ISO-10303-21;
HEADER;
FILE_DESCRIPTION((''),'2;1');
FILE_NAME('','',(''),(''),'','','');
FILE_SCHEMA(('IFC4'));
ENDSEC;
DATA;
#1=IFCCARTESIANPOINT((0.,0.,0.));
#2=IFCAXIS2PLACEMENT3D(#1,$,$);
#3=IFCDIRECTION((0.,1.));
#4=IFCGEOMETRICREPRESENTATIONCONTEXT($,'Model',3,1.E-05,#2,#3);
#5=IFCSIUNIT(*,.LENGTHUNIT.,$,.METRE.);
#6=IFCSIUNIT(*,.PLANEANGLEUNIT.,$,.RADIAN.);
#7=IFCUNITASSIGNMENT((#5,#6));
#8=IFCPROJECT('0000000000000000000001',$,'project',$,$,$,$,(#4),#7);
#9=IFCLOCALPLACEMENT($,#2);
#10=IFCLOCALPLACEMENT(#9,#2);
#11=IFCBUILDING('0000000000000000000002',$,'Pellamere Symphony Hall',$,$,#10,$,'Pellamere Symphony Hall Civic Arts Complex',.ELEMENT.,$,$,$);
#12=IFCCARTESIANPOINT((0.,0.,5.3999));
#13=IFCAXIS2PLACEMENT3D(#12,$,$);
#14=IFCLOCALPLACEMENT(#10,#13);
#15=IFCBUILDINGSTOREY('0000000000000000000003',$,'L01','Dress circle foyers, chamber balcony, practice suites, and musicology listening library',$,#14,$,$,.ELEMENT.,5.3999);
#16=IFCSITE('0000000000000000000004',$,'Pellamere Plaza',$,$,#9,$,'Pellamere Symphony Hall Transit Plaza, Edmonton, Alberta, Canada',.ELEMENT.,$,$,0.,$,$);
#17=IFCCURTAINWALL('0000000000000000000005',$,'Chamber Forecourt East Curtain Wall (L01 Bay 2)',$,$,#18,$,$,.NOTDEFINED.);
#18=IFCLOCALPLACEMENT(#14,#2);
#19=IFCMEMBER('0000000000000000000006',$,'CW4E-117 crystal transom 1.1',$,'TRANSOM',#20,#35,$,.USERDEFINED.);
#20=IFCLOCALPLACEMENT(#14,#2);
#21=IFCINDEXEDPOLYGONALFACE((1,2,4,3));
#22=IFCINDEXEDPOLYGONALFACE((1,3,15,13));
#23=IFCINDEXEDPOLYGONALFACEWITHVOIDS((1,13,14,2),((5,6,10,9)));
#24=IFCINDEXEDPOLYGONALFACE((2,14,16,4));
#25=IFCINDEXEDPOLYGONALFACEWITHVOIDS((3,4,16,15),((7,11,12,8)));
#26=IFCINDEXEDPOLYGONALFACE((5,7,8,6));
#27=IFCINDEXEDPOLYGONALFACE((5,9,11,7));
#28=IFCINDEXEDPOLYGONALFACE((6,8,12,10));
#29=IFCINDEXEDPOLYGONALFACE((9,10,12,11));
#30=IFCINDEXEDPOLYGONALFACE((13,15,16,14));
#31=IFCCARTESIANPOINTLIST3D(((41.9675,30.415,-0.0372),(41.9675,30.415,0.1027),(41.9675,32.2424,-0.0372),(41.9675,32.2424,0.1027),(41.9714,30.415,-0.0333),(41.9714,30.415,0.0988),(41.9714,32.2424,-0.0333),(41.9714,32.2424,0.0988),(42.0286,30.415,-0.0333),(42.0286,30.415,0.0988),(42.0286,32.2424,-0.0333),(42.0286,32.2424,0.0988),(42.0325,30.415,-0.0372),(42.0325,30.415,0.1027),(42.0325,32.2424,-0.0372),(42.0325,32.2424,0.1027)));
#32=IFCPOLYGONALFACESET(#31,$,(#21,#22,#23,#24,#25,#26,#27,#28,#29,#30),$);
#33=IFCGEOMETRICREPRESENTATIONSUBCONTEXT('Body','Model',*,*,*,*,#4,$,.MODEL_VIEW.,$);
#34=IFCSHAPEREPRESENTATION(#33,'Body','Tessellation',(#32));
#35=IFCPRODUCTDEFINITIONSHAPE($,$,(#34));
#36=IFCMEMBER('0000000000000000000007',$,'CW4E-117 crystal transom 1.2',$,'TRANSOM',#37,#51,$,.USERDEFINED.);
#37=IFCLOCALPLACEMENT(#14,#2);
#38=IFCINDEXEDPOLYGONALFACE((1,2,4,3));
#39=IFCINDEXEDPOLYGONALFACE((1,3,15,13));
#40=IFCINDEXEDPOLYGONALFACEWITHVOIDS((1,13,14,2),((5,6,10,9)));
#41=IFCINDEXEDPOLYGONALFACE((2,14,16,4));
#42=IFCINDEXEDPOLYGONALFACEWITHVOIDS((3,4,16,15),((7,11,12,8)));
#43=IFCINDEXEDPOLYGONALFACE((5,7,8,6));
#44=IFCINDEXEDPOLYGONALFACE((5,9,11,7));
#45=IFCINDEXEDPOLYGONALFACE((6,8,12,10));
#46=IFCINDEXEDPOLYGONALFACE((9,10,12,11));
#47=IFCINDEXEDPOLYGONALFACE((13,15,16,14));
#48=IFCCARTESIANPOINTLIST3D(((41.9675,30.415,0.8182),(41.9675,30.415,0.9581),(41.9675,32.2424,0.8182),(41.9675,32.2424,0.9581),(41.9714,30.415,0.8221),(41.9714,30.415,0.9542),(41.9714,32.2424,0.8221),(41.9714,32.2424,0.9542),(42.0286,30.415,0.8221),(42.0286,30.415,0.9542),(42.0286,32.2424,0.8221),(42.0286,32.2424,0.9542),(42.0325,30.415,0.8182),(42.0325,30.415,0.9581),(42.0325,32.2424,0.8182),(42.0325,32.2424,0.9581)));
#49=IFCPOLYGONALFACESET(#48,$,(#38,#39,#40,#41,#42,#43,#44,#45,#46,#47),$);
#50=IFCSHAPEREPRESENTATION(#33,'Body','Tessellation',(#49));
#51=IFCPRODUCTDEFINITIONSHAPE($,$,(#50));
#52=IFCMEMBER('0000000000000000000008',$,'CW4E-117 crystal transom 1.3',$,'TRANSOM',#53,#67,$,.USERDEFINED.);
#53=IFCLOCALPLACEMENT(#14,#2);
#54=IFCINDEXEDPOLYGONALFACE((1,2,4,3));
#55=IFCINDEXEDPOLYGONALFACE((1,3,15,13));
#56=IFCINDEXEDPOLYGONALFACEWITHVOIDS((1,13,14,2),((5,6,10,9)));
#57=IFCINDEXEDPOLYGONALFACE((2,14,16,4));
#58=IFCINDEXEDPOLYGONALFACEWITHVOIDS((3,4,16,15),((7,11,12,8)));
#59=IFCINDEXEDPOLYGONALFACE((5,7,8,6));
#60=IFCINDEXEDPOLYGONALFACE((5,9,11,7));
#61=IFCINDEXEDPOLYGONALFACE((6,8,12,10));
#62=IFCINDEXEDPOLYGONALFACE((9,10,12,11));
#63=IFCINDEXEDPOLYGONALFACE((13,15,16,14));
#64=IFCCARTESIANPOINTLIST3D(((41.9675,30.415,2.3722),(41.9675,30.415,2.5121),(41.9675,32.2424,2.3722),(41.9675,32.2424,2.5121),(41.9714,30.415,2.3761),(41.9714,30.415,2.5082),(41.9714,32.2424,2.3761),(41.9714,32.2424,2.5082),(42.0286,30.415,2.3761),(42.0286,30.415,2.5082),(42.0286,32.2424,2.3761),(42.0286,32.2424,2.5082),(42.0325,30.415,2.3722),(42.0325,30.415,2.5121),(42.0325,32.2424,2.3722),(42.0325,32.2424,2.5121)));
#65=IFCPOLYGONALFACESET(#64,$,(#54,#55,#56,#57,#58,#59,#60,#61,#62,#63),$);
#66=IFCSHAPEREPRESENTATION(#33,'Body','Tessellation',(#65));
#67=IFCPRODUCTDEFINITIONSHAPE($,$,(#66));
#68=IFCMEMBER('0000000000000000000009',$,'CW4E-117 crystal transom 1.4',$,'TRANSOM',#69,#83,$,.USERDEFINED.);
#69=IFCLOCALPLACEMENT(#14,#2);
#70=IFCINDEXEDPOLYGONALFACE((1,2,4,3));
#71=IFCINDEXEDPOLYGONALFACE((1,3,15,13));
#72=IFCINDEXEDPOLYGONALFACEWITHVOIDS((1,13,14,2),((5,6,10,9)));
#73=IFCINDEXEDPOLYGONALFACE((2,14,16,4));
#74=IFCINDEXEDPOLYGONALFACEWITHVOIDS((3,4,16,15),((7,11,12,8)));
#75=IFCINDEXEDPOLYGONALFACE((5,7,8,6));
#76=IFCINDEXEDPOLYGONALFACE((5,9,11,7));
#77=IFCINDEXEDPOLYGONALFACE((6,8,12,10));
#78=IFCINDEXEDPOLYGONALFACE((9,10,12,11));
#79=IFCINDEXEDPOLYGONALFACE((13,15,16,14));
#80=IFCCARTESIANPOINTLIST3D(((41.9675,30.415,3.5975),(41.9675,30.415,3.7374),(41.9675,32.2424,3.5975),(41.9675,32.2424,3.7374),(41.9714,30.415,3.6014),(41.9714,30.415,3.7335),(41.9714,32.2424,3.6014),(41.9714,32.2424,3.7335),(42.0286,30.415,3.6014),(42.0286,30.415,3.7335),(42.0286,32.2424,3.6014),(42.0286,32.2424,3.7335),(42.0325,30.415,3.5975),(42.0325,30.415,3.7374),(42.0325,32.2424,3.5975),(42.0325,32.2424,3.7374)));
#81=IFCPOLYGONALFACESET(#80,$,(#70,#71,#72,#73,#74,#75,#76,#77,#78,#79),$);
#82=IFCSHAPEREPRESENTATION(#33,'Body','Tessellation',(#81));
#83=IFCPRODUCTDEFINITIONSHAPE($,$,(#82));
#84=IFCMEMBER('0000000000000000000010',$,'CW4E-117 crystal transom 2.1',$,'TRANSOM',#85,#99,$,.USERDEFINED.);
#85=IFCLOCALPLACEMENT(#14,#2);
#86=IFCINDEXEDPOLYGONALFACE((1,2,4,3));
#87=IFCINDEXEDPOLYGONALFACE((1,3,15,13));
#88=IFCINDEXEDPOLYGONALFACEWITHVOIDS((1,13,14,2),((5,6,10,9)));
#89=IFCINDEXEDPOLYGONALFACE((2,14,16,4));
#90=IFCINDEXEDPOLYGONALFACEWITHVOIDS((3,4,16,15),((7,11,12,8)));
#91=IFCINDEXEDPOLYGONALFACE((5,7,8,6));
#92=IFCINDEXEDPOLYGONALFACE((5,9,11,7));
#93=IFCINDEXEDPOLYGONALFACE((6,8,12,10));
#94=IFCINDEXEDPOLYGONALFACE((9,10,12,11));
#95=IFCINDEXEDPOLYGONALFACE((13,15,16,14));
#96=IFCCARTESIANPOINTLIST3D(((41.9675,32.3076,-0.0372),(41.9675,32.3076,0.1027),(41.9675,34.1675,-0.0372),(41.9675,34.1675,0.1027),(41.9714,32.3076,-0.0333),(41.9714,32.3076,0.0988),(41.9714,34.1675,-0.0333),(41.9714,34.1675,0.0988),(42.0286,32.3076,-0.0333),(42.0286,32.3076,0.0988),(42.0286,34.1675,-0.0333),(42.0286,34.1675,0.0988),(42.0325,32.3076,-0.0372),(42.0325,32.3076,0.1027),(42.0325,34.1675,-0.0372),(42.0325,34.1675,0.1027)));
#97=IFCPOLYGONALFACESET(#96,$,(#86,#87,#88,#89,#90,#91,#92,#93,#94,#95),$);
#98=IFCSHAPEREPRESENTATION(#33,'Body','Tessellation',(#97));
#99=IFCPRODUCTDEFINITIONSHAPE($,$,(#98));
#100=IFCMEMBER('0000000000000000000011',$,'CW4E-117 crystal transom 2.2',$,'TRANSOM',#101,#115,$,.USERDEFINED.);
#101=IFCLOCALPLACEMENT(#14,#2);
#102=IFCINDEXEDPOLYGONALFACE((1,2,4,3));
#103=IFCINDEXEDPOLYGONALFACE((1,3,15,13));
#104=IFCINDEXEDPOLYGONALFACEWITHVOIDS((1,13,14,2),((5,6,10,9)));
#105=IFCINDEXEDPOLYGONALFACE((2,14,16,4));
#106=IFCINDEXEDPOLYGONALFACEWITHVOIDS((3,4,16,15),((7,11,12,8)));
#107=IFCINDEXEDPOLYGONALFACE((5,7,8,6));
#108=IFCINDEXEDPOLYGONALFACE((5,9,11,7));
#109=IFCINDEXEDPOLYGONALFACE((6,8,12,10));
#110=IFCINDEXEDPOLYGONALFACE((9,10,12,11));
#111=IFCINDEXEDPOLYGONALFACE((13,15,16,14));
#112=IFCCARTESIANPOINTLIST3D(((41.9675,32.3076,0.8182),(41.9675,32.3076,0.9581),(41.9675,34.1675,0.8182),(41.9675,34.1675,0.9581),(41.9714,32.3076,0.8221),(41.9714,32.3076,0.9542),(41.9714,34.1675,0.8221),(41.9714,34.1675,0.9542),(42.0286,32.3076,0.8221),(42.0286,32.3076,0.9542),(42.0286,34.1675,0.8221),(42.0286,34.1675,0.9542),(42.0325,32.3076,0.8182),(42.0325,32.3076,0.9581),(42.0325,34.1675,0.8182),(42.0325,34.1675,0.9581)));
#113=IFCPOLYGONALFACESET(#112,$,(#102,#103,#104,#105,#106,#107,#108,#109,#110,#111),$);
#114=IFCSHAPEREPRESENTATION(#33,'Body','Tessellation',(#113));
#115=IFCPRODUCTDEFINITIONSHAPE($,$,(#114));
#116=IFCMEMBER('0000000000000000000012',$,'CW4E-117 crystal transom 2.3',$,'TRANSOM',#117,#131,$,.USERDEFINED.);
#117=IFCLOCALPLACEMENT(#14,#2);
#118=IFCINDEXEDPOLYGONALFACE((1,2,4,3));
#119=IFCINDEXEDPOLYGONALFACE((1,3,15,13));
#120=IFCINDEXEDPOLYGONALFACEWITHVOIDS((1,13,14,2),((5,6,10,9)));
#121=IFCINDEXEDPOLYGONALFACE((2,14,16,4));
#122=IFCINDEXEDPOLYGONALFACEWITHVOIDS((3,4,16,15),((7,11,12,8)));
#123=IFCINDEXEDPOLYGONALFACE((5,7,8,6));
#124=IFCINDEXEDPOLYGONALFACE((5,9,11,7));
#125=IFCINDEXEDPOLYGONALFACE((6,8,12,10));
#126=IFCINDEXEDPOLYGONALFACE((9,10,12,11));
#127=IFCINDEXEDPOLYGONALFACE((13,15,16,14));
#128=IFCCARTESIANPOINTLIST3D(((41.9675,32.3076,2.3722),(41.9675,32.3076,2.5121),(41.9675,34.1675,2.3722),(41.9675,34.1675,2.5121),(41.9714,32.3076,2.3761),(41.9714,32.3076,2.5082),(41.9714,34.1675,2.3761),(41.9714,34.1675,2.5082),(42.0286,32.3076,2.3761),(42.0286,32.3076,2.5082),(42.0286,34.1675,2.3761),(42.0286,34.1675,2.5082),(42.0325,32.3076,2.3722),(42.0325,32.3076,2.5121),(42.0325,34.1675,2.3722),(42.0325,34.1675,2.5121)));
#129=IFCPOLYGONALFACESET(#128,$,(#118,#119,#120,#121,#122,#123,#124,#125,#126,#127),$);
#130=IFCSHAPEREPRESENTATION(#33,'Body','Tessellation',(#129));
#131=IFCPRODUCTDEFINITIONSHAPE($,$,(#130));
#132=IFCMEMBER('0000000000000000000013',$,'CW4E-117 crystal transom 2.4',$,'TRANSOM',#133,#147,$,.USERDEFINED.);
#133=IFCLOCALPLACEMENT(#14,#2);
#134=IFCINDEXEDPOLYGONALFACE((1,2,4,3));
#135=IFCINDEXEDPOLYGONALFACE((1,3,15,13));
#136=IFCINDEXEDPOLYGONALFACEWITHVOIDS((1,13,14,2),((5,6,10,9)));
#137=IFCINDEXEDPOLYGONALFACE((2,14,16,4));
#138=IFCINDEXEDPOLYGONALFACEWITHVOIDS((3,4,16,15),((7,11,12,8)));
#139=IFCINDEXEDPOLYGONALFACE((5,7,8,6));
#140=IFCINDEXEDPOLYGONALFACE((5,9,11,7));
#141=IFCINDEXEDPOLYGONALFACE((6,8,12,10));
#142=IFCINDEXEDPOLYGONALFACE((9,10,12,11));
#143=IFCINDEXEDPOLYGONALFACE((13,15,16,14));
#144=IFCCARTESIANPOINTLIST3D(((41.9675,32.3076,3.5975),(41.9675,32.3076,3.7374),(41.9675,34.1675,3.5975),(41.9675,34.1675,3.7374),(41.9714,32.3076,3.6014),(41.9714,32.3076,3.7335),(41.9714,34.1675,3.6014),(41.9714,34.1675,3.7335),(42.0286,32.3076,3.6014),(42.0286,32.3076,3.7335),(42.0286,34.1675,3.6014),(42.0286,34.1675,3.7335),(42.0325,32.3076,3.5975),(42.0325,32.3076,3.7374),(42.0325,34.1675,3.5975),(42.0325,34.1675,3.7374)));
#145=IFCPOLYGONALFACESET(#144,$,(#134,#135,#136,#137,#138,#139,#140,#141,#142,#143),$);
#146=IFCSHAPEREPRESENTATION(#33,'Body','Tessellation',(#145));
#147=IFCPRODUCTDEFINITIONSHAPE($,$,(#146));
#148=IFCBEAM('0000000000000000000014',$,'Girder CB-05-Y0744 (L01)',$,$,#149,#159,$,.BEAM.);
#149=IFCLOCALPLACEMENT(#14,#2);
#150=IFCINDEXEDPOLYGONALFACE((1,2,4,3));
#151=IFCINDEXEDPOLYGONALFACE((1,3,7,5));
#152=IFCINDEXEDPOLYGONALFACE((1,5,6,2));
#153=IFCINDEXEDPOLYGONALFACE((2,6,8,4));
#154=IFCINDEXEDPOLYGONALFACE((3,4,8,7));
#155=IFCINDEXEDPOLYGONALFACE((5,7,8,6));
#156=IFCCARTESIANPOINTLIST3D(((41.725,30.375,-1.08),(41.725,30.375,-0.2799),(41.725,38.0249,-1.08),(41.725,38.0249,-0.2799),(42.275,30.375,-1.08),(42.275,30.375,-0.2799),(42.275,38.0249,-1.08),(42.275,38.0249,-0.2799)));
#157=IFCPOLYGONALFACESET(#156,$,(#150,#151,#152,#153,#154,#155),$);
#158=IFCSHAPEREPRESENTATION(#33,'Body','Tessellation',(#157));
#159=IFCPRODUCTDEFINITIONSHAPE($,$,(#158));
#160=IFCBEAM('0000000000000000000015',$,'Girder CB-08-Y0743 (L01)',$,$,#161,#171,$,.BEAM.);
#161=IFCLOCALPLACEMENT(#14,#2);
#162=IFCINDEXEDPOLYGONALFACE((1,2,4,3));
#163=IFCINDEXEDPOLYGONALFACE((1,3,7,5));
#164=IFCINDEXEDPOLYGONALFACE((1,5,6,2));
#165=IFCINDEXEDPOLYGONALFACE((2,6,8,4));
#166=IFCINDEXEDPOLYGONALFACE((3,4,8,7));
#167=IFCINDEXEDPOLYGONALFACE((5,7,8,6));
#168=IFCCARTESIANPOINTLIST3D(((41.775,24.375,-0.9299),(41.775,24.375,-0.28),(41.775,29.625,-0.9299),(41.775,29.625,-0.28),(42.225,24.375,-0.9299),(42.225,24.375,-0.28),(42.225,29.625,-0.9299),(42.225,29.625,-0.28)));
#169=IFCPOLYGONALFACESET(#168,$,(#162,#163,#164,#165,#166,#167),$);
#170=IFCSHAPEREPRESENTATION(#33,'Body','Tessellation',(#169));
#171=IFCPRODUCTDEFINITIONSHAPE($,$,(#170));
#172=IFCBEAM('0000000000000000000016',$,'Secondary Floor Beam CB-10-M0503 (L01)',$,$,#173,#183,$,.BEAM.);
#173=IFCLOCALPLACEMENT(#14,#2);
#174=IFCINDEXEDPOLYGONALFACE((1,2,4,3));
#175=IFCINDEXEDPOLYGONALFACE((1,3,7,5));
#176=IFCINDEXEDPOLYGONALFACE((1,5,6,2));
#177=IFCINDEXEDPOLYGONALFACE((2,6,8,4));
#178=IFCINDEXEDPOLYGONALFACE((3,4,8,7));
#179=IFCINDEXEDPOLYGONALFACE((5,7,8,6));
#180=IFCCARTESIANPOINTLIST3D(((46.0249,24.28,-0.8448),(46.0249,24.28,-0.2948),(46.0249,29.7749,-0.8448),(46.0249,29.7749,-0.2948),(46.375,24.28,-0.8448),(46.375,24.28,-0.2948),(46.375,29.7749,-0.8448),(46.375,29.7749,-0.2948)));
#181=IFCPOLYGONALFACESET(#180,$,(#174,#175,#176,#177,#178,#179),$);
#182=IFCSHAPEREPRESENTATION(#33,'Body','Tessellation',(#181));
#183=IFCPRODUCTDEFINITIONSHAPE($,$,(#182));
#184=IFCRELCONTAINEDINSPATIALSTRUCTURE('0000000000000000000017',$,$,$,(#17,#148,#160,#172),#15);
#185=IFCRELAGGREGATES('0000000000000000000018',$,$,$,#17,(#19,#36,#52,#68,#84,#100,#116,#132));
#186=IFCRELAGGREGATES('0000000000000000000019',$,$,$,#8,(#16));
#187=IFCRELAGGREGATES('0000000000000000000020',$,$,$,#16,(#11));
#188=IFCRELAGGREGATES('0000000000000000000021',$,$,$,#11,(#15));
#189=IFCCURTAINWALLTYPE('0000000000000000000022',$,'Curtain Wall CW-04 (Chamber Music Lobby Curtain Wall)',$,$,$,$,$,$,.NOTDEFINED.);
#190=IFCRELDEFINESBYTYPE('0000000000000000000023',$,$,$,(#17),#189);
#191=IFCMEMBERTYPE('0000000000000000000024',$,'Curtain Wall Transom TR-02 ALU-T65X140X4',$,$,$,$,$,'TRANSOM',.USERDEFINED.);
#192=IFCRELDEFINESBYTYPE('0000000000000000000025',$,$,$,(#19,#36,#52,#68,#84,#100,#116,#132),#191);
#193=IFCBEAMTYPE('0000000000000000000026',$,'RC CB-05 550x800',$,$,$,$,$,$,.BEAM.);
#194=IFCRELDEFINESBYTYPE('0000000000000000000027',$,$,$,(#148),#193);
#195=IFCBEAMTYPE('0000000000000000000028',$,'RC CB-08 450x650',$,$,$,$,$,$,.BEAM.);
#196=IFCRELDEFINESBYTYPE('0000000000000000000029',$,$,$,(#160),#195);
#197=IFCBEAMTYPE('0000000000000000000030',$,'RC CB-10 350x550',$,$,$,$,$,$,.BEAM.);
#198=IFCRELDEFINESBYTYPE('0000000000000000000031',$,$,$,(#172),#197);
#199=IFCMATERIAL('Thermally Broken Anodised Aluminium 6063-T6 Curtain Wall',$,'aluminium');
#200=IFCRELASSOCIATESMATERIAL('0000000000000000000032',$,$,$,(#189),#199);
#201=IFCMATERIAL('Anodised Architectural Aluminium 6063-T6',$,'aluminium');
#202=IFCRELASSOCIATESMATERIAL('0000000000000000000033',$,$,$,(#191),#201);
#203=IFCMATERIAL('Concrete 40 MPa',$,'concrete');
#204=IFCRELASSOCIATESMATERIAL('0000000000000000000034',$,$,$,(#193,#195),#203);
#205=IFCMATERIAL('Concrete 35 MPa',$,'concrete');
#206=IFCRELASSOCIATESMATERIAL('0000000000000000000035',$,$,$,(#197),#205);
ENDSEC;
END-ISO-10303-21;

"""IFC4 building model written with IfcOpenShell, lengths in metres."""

from ifc_helpers import new_model, si_unit, direction, frame, origin, origin_2d, place, context, subcontext, project, spatial, rectangle, hollow_rectangle, extrude, material, material_profile, profile_set, type_object, element, aggregate, save


model = new_model("IFC4")

# Units and contexts
model_context = context("Model", 3, precision=1e-05, world=origin(), true_north=direction((0.0, 1.0)))
body_context = subcontext(model_context, "Body", "Model", "MODEL_VIEW")
ifc_project = project(units=[si_unit("LENGTHUNIT", "METRE"), si_unit("PLANEANGLEUNIT", "RADIAN")], contexts=[model_context])

# Site, building, storey
site_placement = place(None, origin())
site = spatial("IfcSite", under=ifc_project, at=site_placement, Name="Pellamere Plaza", LongName="Pellamere Symphony Hall Transit Plaza, Edmonton, Alberta, Canada", CompositionType="ELEMENT", RefElevation=0.0)
building_placement = place(site_placement, origin())
building = spatial("IfcBuilding", under=site, at=building_placement, Name="Pellamere Symphony Hall", LongName="Pellamere Symphony Hall Civic Arts Complex", CompositionType="ELEMENT")
storey_placement = place(building_placement, frame((0.0, 0.0, 5.3999)))
storey = spatial("IfcBuildingStorey", under=building, at=storey_placement, Name="L01", Description="Dress circle foyers, chamber balcony, practice suites, and musicology listening library", CompositionType="ELEMENT", Elevation=5.3999)

# Shared definitions
ifc_material_1 = material(Name="Concrete 40 MPa", Category="concrete")

# Curtain wall
ifc_material_2 = material(Name="Thermally Broken Anodised Aluminium 6063-T6 Curtain Wall", Category="aluminium")
ifc_material_3 = material(Name="Anodised Architectural Aluminium 6063-T6", Category="aluminium")
curtain_wall_type_1 = type_object("IfcCurtainWallType", Name="Curtain Wall CW-04 (Chamber Music Lobby Curtain Wall)", PredefinedType="NOTDEFINED", material=ifc_material_2)
curtain_wall_1_placement = place(storey_placement, origin())
curtain_wall_1 = element("IfcCurtainWall", 1, at=curtain_wall_1_placement, inside=storey, type_object=curtain_wall_type_1, Name="Chamber Forecourt East Curtain Wall (L01 Bay 2)", PredefinedType="NOTDEFINED")

# Members
ifc_material_profile_1 = material_profile(ifc_material_3, hollow_rectangle(XDim=0.0649, YDim=0.1399, WallThickness=0.0039, at=origin_2d()), Name="ALU-T65X140X4")
ifc_profile_set_1 = profile_set([ifc_material_profile_1], Name="Anodised Architectural Aluminium 6063-T6")
member_type_1 = type_object("IfcMemberType", Name="Curtain Wall Transom TR-02 ALU-T65X140X4", ElementType="TRANSOM", PredefinedType="USERDEFINED", material=ifc_profile_set_1)
member_1_placement = place(storey_placement, frame((42.0, 30.415, 0.0327), z_axis=(0.0, 1.0, 0.0), x_axis=(-1.0, 0.0, 0.0)))
member_1 = element("IfcMember", 2, at=member_1_placement, type_object=member_type_1, Name="CW4E-117 crystal transom 1.1", ObjectType="TRANSOM", PredefinedType="USERDEFINED", context=body_context, shape_type="SweptSolid", body=[
    extrude(hollow_rectangle(XDim=0.0649, YDim=0.1399, WallThickness=0.0039, at=origin_2d()), origin(), (0.0, 0.0, 1.0), 1.8274),
])
member_2_placement = place(storey_placement, frame((42.0, 30.415, 0.8882), z_axis=(0.0, 1.0, 0.0), x_axis=(-1.0, 0.0, 0.0)))
member_2 = element("IfcMember", 3, at=member_2_placement, type_object=member_type_1, Name="CW4E-117 crystal transom 1.2", ObjectType="TRANSOM", PredefinedType="USERDEFINED", context=body_context, shape_type="SweptSolid", body=[
    extrude(hollow_rectangle(XDim=0.0649, YDim=0.1399, WallThickness=0.0039, at=origin_2d()), origin(), (0.0, 0.0, 1.0), 1.8274),
])
member_3_placement = place(storey_placement, frame((42.0, 30.415, 2.4421), z_axis=(0.0, 1.0, 0.0), x_axis=(-1.0, 0.0, 0.0)))
member_3 = element("IfcMember", 4, at=member_3_placement, type_object=member_type_1, Name="CW4E-117 crystal transom 1.3", ObjectType="TRANSOM", PredefinedType="USERDEFINED", context=body_context, shape_type="SweptSolid", body=[
    extrude(hollow_rectangle(XDim=0.0649, YDim=0.1399, WallThickness=0.0039, at=origin_2d()), origin(), (0.0, 0.0, 1.0), 1.8274),
])
member_4_placement = place(storey_placement, frame((42.0, 30.415, 3.6675), z_axis=(0.0, 1.0, 0.0), x_axis=(-1.0, 0.0, 0.0)))
member_4 = element("IfcMember", 5, at=member_4_placement, type_object=member_type_1, Name="CW4E-117 crystal transom 1.4", ObjectType="TRANSOM", PredefinedType="USERDEFINED", context=body_context, shape_type="SweptSolid", body=[
    extrude(hollow_rectangle(XDim=0.0649, YDim=0.1399, WallThickness=0.0039, at=origin_2d()), origin(), (0.0, 0.0, 1.0), 1.8274),
])
member_5_placement = place(storey_placement, frame((42.0, 32.3076, 0.0327), z_axis=(0.0, 1.0, 0.0), x_axis=(-1.0, 0.0, 0.0)))
member_5 = element("IfcMember", 6, at=member_5_placement, type_object=member_type_1, Name="CW4E-117 crystal transom 2.1", ObjectType="TRANSOM", PredefinedType="USERDEFINED", context=body_context, shape_type="SweptSolid", body=[
    extrude(hollow_rectangle(XDim=0.0649, YDim=0.1399, WallThickness=0.0039, at=origin_2d()), origin(), (0.0, 0.0, 1.0), 1.8599),
])
member_6_placement = place(storey_placement, frame((42.0, 32.3076, 0.8882), z_axis=(0.0, 1.0, 0.0), x_axis=(-1.0, 0.0, 0.0)))
member_6 = element("IfcMember", 7, at=member_6_placement, type_object=member_type_1, Name="CW4E-117 crystal transom 2.2", ObjectType="TRANSOM", PredefinedType="USERDEFINED", context=body_context, shape_type="SweptSolid", body=[
    extrude(hollow_rectangle(XDim=0.0649, YDim=0.1399, WallThickness=0.0039, at=origin_2d()), origin(), (0.0, 0.0, 1.0), 1.8599),
])
member_7_placement = place(storey_placement, frame((42.0, 32.3076, 2.4421), z_axis=(0.0, 1.0, 0.0), x_axis=(-1.0, 0.0, 0.0)))
member_7 = element("IfcMember", 8, at=member_7_placement, type_object=member_type_1, Name="CW4E-117 crystal transom 2.3", ObjectType="TRANSOM", PredefinedType="USERDEFINED", context=body_context, shape_type="SweptSolid", body=[
    extrude(hollow_rectangle(XDim=0.0649, YDim=0.1399, WallThickness=0.0039, at=origin_2d()), origin(), (0.0, 0.0, 1.0), 1.8599),
])
member_8_placement = place(storey_placement, frame((42.0, 32.3076, 3.6675), z_axis=(0.0, 1.0, 0.0), x_axis=(-1.0, 0.0, 0.0)))
member_8 = element("IfcMember", 9, at=member_8_placement, type_object=member_type_1, Name="CW4E-117 crystal transom 2.4", ObjectType="TRANSOM", PredefinedType="USERDEFINED", context=body_context, shape_type="SweptSolid", body=[
    extrude(hollow_rectangle(XDim=0.0649, YDim=0.1399, WallThickness=0.0039, at=origin_2d()), origin(), (0.0, 0.0, 1.0), 1.8599),
])

# Beams
ifc_material_profile_2 = material_profile(ifc_material_1, rectangle(XDim=0.55, YDim=0.8, at=origin_2d()), Name="RC 550x800")
ifc_profile_set_2 = profile_set([ifc_material_profile_2], Name="Concrete 40 MPa")
beam_type_1 = type_object("IfcBeamType", Name="RC CB-05 550x800", PredefinedType="BEAM", material=ifc_profile_set_2)
beam_1_placement = place(storey_placement, frame((42.0, 30.375, -0.6799), z_axis=(0.0, 1.0, 0.0), x_axis=(-1.0, 0.0, 0.0)))
element("IfcBeam", 10, at=beam_1_placement, inside=storey, type_object=beam_type_1, Name="Girder CB-05-Y0744 (L01)", PredefinedType="BEAM", context=body_context, shape_type="SweptSolid", body=[
    extrude(rectangle(XDim=0.55, YDim=0.8, at=origin_2d()), origin(), (0.0, 0.0, 1.0), 7.6499),
])
ifc_material_profile_3 = material_profile(ifc_material_1, rectangle(XDim=0.45, YDim=0.6499, at=origin_2d()), Name="RC 450x650")
ifc_profile_set_3 = profile_set([ifc_material_profile_3], Name="Concrete 40 MPa")
beam_type_2 = type_object("IfcBeamType", Name="RC CB-08 450x650", PredefinedType="BEAM", material=ifc_profile_set_3)
beam_2_placement = place(storey_placement, frame((42.0, 24.375, -0.605), z_axis=(0.0, 1.0, 0.0), x_axis=(-1.0, 0.0, 0.0)))
element("IfcBeam", 11, at=beam_2_placement, inside=storey, type_object=beam_type_2, Name="Girder CB-08-Y0743 (L01)", PredefinedType="BEAM", context=body_context, shape_type="SweptSolid", body=[
    extrude(rectangle(XDim=0.45, YDim=0.6499, at=origin_2d()), origin(), (0.0, 0.0, 1.0), 5.25),
])
ifc_material_4 = material(Name="Concrete 35 MPa", Category="concrete")
ifc_material_profile_4 = material_profile(ifc_material_4, rectangle(XDim=0.3501, YDim=0.55, at=origin_2d()), Name="RC 350x550")
ifc_profile_set_4 = profile_set([ifc_material_profile_4], Name="Concrete 35 MPa")
beam_type_3 = type_object("IfcBeamType", Name="RC CB-10 350x550", PredefinedType="BEAM", material=ifc_profile_set_4)
beam_3_placement = place(storey_placement, frame((46.2, 24.28, -0.5698), z_axis=(0.0, 1.0, 0.0), x_axis=(-1.0, 0.0, 0.0)))
element("IfcBeam", 12, at=beam_3_placement, inside=storey, type_object=beam_type_3, Name="Secondary Floor Beam CB-10-M0503 (L01)", PredefinedType="BEAM", context=body_context, shape_type="SweptSolid", body=[
    extrude(rectangle(XDim=0.3501, YDim=0.55, at=origin_2d()), origin(), (0.0, 0.0, 1.0), 5.4949),
])

aggregate(curtain_wall_1, [member_1, member_2, member_3, member_4, member_5, member_6, member_7, member_8])

save(model, "model.ifc")
